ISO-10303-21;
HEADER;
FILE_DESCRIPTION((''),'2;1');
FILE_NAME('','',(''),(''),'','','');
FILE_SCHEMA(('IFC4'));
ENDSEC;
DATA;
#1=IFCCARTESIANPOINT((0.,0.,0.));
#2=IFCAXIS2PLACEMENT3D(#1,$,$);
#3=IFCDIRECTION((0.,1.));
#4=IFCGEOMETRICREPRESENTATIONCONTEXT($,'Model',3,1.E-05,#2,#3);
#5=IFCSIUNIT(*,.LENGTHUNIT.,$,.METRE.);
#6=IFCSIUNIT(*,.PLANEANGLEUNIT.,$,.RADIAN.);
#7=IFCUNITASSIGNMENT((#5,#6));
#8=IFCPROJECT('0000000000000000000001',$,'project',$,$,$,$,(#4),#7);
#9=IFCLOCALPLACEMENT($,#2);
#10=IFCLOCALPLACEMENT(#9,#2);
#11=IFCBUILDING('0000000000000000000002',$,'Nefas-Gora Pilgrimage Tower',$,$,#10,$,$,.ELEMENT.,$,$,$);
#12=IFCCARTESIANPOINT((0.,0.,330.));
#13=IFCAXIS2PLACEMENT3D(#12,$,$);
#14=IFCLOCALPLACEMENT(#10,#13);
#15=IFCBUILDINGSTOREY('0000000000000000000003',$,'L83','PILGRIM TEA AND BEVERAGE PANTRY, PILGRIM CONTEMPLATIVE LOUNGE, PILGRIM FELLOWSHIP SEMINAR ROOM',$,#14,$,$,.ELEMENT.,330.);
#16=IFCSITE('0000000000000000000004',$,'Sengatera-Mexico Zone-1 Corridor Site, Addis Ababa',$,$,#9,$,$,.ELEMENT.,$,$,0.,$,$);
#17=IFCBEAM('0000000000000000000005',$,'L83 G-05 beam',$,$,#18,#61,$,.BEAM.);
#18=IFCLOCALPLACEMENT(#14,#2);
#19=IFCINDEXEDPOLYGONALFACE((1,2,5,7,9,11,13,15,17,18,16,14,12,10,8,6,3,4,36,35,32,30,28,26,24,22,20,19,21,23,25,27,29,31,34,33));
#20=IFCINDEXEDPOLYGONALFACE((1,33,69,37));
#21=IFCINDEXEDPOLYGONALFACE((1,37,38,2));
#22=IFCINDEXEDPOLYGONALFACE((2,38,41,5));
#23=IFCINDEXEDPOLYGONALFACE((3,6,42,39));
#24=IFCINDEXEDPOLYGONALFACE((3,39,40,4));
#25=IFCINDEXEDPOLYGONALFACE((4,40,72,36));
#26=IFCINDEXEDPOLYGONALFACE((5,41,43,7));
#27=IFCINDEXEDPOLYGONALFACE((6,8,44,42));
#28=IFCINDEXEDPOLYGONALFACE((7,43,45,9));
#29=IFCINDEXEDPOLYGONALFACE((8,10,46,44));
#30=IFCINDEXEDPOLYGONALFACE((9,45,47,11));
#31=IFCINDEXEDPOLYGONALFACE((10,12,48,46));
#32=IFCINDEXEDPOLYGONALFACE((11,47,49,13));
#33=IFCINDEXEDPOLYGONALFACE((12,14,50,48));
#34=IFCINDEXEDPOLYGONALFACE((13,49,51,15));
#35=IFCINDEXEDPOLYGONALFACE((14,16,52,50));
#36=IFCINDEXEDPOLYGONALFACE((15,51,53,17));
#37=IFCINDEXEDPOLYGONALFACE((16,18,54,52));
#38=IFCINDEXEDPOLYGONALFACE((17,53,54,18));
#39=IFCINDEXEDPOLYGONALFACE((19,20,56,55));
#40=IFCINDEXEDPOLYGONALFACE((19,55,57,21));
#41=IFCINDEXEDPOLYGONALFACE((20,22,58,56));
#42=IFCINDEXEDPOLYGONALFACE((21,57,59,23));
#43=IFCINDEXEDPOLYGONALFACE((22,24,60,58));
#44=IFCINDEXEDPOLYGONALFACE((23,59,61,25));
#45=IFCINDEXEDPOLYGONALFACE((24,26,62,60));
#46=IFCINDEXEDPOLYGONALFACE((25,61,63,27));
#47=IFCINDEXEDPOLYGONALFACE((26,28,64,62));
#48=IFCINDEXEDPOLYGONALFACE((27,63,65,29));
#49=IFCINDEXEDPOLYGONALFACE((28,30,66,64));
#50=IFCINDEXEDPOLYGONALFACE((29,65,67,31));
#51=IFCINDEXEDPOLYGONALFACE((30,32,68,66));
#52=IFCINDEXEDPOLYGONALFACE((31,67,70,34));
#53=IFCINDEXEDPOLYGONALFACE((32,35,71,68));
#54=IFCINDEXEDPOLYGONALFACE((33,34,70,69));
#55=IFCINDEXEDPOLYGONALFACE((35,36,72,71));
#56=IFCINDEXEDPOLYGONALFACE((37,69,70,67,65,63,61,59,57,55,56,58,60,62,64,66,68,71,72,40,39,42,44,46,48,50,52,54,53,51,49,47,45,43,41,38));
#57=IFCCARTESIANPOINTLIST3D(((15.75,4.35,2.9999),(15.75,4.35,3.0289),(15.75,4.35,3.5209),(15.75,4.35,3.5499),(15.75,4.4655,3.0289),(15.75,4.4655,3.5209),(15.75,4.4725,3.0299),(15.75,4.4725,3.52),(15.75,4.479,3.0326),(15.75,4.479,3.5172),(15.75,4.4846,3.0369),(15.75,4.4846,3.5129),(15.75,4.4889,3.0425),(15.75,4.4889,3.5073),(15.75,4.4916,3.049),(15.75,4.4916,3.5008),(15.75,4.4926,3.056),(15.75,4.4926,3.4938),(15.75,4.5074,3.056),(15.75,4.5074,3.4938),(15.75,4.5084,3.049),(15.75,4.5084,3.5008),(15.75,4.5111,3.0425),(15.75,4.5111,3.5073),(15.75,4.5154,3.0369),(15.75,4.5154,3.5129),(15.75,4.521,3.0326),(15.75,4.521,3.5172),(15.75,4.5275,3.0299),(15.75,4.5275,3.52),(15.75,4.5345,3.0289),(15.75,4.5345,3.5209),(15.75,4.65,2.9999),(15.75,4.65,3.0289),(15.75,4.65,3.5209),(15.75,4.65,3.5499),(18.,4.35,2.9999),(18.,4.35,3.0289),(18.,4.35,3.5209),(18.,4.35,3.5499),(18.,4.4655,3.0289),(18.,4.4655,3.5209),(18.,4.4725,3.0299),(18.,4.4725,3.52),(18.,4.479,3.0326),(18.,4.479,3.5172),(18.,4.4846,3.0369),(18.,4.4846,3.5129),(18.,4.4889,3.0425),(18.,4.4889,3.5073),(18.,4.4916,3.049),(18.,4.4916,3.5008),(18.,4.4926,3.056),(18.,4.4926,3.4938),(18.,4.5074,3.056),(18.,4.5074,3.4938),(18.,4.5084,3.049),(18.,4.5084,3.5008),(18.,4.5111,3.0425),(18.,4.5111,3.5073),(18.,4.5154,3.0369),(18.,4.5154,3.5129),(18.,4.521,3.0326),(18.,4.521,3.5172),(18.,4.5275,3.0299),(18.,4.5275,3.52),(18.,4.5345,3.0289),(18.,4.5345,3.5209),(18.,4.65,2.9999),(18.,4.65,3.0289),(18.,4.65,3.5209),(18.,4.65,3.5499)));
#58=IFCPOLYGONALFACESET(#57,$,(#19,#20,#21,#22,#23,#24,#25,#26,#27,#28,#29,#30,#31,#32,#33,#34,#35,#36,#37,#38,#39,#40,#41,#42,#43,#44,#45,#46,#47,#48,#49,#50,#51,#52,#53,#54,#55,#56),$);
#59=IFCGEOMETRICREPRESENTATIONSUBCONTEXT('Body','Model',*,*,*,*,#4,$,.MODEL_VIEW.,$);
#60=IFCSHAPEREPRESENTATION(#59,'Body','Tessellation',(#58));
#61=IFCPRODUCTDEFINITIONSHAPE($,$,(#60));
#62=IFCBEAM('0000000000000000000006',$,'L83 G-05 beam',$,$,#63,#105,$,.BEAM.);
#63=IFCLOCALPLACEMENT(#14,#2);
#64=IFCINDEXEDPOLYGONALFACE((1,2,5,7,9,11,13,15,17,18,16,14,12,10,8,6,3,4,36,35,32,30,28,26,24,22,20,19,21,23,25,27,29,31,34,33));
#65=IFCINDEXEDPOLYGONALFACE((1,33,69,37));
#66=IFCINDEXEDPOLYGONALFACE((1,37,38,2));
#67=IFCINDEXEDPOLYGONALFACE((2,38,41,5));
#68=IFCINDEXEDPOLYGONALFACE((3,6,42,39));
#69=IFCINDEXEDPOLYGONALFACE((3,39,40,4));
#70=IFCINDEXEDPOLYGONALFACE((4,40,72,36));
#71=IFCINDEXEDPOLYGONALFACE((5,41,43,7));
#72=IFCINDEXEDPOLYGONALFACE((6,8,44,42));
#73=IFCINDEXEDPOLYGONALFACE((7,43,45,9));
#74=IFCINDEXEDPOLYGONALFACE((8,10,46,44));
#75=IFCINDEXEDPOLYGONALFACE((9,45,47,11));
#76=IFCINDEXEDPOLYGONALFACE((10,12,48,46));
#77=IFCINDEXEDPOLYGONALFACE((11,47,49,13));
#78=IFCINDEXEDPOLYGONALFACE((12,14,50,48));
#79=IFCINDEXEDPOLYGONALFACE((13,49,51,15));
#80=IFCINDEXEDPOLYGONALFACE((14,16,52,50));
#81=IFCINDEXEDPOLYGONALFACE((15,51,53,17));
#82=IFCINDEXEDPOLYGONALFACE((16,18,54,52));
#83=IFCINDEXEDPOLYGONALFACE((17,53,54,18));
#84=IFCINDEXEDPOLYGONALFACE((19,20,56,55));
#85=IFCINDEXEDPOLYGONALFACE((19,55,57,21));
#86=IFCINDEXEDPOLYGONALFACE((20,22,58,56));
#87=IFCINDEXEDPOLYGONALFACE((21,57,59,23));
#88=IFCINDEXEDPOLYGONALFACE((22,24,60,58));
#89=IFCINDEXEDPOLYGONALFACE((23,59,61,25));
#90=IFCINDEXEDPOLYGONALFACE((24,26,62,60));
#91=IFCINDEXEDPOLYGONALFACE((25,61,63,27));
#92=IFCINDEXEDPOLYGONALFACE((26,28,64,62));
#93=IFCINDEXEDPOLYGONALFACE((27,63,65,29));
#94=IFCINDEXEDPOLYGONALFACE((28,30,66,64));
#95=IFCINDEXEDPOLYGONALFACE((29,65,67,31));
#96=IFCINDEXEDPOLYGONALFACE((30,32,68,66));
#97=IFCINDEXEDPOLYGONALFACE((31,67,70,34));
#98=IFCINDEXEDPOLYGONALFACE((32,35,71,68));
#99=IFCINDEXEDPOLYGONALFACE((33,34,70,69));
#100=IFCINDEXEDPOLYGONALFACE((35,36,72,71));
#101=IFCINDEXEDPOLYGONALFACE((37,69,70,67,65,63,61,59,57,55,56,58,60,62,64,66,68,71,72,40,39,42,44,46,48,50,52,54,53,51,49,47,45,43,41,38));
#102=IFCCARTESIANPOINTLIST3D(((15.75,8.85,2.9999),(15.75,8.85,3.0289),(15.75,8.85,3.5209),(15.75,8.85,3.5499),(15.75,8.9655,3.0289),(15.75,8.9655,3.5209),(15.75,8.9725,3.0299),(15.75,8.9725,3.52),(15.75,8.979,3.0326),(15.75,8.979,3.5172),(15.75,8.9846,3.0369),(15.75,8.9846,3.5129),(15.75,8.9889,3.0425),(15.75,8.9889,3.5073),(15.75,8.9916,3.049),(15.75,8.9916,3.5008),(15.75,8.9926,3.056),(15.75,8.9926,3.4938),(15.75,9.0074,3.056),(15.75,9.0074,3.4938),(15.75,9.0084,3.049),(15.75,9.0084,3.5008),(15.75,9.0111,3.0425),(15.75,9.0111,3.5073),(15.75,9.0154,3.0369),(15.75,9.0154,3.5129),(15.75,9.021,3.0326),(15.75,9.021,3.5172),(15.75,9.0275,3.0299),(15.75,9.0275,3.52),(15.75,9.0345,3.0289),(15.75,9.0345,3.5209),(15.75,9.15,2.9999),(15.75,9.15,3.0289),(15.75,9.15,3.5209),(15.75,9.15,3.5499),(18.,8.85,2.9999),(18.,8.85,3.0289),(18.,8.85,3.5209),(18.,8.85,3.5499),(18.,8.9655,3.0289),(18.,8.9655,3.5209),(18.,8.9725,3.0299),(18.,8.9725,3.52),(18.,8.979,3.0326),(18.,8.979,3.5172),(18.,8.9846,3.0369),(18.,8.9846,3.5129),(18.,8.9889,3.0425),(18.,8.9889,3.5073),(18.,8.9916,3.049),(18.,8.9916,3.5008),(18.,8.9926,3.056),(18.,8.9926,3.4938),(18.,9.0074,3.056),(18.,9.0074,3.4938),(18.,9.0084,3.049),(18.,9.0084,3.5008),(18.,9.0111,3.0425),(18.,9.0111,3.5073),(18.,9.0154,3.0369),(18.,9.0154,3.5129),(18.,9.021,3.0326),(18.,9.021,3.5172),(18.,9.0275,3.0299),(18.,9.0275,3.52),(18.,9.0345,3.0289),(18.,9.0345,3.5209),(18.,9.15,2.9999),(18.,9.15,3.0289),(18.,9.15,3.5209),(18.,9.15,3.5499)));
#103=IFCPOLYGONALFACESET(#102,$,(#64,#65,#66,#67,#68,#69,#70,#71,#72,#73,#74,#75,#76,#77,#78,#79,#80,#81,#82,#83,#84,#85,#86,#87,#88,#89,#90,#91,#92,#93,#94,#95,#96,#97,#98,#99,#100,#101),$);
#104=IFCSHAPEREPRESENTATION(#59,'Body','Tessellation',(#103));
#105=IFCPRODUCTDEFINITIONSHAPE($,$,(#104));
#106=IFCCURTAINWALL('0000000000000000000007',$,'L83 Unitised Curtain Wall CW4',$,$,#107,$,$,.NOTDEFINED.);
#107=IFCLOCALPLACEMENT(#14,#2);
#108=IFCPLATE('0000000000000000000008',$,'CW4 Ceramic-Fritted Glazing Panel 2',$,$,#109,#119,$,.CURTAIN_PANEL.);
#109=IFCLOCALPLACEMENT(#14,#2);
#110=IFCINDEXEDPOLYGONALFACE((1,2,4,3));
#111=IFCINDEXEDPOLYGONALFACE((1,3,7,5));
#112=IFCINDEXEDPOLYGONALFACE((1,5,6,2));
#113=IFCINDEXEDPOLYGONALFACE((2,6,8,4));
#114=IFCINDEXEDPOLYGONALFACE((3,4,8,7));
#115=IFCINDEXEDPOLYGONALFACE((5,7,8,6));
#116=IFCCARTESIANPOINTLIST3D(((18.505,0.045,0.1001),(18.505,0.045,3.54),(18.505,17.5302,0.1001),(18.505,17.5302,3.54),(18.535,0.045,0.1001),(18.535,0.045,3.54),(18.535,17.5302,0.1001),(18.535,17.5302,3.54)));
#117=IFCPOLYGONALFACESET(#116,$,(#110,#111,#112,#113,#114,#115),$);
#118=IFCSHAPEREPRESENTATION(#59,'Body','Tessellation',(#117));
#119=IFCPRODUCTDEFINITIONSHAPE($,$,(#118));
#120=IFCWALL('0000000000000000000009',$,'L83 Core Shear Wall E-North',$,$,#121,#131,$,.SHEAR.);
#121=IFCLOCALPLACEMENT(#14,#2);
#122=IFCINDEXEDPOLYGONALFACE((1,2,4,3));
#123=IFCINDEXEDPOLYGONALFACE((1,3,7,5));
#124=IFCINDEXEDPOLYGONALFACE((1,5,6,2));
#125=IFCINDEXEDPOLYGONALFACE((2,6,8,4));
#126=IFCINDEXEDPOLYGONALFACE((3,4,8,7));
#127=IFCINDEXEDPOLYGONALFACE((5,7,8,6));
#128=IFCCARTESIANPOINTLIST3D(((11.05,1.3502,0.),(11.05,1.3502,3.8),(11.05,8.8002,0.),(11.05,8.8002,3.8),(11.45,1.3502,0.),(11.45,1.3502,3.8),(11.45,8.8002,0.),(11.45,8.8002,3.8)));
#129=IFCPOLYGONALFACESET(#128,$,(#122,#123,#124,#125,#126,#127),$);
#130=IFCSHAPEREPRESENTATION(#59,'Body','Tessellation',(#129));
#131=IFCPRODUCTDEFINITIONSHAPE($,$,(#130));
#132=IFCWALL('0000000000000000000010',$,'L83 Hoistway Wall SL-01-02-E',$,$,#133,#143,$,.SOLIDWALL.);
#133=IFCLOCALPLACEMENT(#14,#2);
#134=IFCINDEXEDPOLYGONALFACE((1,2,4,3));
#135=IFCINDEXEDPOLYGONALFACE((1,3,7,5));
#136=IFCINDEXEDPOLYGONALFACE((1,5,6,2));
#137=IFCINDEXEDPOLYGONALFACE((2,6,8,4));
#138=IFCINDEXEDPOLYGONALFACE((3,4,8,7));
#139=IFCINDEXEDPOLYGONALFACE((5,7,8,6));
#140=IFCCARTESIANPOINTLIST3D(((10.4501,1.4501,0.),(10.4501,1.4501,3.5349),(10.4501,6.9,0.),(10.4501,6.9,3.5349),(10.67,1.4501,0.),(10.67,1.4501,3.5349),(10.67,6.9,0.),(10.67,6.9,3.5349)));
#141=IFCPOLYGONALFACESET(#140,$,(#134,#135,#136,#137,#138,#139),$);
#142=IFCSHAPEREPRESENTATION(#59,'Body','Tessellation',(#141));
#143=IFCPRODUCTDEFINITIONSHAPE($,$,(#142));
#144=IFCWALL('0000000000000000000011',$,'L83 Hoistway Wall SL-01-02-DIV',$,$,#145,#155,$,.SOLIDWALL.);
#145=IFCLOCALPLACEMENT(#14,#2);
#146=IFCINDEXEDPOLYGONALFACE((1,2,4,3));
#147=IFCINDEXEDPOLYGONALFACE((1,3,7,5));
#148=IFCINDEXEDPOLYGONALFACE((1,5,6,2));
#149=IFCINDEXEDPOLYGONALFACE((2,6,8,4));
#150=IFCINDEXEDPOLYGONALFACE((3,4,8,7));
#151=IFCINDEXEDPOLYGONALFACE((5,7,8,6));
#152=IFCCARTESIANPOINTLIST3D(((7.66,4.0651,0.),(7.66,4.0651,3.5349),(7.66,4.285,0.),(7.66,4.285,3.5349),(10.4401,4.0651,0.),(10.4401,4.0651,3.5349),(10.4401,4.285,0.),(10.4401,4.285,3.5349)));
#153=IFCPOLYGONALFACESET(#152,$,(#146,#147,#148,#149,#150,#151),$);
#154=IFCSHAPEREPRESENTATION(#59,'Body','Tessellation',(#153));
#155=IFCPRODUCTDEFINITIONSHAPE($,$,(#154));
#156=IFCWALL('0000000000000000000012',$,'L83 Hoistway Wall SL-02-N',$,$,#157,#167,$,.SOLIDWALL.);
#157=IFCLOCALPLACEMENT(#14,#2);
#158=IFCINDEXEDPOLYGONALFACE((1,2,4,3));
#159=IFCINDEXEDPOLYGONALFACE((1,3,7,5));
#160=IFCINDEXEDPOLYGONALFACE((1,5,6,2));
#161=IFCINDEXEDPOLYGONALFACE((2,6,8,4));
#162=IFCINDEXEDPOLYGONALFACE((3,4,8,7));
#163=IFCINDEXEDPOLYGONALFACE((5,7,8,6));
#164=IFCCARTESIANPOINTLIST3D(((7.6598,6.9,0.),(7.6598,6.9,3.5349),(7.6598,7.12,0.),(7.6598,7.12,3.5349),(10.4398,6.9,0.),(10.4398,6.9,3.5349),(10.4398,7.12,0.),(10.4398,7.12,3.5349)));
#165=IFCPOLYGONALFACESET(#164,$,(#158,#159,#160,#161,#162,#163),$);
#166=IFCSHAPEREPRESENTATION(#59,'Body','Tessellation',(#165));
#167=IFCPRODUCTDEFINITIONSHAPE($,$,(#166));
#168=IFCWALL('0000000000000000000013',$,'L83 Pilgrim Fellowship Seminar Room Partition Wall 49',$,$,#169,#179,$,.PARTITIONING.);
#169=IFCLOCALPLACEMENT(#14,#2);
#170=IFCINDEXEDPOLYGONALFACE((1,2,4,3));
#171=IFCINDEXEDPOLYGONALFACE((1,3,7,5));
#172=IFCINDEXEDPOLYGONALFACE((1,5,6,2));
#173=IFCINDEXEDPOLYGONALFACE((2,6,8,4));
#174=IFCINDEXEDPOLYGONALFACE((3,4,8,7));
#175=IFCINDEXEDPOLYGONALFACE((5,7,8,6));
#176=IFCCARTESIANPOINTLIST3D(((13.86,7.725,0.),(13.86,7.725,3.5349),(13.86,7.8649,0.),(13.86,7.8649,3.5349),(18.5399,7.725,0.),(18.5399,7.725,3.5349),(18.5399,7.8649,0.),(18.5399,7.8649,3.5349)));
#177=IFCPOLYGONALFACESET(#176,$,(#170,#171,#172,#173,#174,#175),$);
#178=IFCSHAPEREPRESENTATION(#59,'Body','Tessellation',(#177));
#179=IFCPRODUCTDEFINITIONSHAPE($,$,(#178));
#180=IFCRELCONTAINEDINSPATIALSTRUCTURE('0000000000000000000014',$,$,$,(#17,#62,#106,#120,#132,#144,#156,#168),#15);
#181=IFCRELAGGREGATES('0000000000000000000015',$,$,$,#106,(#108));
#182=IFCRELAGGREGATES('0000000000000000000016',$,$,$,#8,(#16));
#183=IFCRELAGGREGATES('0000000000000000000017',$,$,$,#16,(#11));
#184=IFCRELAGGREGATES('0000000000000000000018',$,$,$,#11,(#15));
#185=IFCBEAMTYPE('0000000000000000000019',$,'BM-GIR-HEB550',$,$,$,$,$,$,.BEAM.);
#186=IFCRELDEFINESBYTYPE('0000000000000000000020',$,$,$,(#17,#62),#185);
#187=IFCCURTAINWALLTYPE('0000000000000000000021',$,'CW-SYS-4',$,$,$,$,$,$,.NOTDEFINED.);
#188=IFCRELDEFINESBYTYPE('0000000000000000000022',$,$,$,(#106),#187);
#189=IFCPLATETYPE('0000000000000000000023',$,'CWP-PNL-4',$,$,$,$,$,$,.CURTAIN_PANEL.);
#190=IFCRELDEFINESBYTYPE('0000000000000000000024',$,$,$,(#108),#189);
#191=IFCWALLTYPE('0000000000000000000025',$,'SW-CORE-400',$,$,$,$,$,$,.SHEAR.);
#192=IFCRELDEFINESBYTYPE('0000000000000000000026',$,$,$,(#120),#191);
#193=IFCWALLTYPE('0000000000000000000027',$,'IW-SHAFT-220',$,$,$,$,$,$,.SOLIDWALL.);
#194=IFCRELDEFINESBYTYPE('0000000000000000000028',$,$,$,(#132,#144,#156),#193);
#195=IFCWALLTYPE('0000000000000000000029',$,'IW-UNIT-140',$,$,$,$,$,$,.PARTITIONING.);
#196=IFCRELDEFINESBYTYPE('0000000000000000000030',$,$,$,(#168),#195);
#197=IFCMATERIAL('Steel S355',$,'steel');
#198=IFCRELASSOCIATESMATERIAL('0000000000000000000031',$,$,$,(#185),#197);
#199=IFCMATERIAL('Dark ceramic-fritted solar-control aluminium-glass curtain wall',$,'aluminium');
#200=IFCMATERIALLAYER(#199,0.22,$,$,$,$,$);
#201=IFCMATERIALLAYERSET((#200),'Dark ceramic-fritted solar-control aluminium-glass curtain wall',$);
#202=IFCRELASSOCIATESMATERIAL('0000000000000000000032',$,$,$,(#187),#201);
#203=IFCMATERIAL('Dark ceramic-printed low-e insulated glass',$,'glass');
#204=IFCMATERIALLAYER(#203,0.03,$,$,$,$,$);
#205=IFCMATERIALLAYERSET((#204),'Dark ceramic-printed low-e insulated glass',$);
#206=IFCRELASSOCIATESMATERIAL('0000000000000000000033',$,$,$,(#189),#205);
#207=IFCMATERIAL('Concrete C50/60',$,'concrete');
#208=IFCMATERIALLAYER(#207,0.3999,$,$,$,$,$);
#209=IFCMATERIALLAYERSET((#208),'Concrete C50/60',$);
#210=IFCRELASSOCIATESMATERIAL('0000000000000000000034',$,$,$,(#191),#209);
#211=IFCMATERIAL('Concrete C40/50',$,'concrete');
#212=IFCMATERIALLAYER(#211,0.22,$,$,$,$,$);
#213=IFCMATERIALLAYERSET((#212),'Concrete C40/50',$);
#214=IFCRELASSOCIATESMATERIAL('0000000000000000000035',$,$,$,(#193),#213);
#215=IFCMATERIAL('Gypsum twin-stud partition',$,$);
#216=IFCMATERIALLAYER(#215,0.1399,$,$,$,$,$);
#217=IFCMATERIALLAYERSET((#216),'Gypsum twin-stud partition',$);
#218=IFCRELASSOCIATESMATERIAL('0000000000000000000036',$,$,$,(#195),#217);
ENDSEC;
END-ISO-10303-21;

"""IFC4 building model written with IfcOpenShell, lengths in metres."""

from ifc_helpers import new_model, si_unit, direction, frame, frame_2d, origin, origin_2d, place, context, subcontext, project, spatial, rectangle, i_section, extrude, source, transform, mapped, material, layer, layer_set, material_profile, profile_set, type_object, element, aggregate, save


model = new_model("IFC4")

# Units and contexts
model_context = context("Model", 3, precision=1e-05, world=origin(), true_north=direction((0.0, 1.0)))
body_context = subcontext(model_context, "Body", "Model", "MODEL_VIEW")
ifc_project = project(units=[si_unit("LENGTHUNIT", "METRE"), si_unit("PLANEANGLEUNIT", "RADIAN")], contexts=[model_context])

# Site, building, storey
site_placement = place(None, origin())
site = spatial("IfcSite", under=ifc_project, at=site_placement, Name="Sengatera-Mexico Zone-1 Corridor Site, Addis Ababa", CompositionType="ELEMENT", RefElevation=0.0)
building_placement = place(site_placement, origin())
building = spatial("IfcBuilding", under=site, at=building_placement, Name="Nefas-Gora Pilgrimage Tower", CompositionType="ELEMENT")
storey_placement = place(building_placement, frame((0.0, 0.0, 330.0)))
storey = spatial("IfcBuildingStorey", under=building, at=storey_placement, Name="L83", Description="PILGRIM TEA AND BEVERAGE PANTRY, PILGRIM CONTEMPLATIVE LOUNGE, PILGRIM FELLOWSHIP SEMINAR ROOM", CompositionType="ELEMENT", Elevation=330.0)

# Shared definitions
ifc_material_1 = material(Name="Steel S355", Category="steel")
ifc_material_2 = material(Name="Concrete C50/60", Category="concrete")

# Beams
ifc_material_profile_1 = material_profile(ifc_material_1, i_section(OverallWidth=0.3, OverallDepth=0.55, WebThickness=0.0149, FlangeThickness=0.0291, FilletRadius=0.0271, at=origin_2d()), Name="HEB 550")
ifc_profile_set_1 = profile_set([ifc_material_profile_1], Name="Steel S355")
beam_type_1 = type_object("IfcBeamType", Name="BM-GIR-HEB550", PredefinedType="BEAM", material=ifc_profile_set_1)
shared_shape_1 = source(origin(), body_context, "Body", "SweptSolid", [
    extrude(i_section(OverallWidth=0.3, OverallDepth=0.55, WebThickness=0.0149, FlangeThickness=0.0291, FilletRadius=0.0271, at=origin_2d()), origin(), (0.0, 0.0, 1.0), 2.25),
])
for number, where, z_axis, x_axis, name in (
    (1, (15.75, 4.5, 3.2749), (1.0, 0.0, 0.0), (0.0, 1.0, 0.0), "L83 G-05 beam"),
    (2, (15.75, 9.0, 3.2749), (1.0, 0.0, 0.0), (0.0, 1.0, 0.0), "L83 G-05 beam"),
):
    element("IfcBeam", number, at=place(storey_placement, frame(where, z_axis=z_axis, x_axis=x_axis)), inside=storey, type_object=beam_type_1, Name=name, PredefinedType="BEAM", context=body_context, shape_type="MappedRepresentation", body=[
        mapped(shared_shape_1, transform((0.0, 0.0, 0.0), x_axis=(1.0, 0.0, 0.0), y_axis=(0.0, 1.0, 0.0), z_axis=(0.0, 0.0, 1.0), scale=1.0)),
    ])

# Curtain wall, plate
ifc_material_3 = material(Name="Dark ceramic-fritted solar-control aluminium-glass curtain wall", Category="aluminium")
ifc_layer_1 = layer(ifc_material_3, 0.22)
ifc_layer_set_1 = layer_set([ifc_layer_1], Name="Dark ceramic-fritted solar-control aluminium-glass curtain wall")
curtain_wall_type = type_object("IfcCurtainWallType", Name="CW-SYS-4", PredefinedType="NOTDEFINED", material=ifc_layer_set_1)
curtain_wall_placement = place(storey_placement, origin())
curtain_wall = element("IfcCurtainWall", 3, at=curtain_wall_placement, inside=storey, type_object=curtain_wall_type, Name="L83 Unitised Curtain Wall CW4", PredefinedType="NOTDEFINED")
ifc_material_4 = material(Name="Dark ceramic-printed low-e insulated glass", Category="glass")
ifc_layer_2 = layer(ifc_material_4, 0.03)
ifc_layer_set_2 = layer_set([ifc_layer_2], Name="Dark ceramic-printed low-e insulated glass")
plate_type = type_object("IfcPlateType", Name="CWP-PNL-4", PredefinedType="CURTAIN_PANEL", material=ifc_layer_set_2)
shared_shape_2 = source(origin(), body_context, "Body", "SweptSolid", [
    extrude(rectangle(XDim=17.4851, YDim=0.03, at=origin_2d()), origin(), (0.0, 0.0, 1.0), 3.4399),
])
plate_placement = place(storey_placement, frame((18.52, 8.7876, 0.1001), z_axis=(0.0, 0.0, 1.0), x_axis=(0.0, 1.0, 0.0)))
plate = element("IfcPlate", 4, at=plate_placement, type_object=plate_type, Name="CW4 Ceramic-Fritted Glazing Panel 2", PredefinedType="CURTAIN_PANEL", context=body_context, shape_type="MappedRepresentation", body=[
    mapped(shared_shape_2, transform((0.0, 0.0, 0.0), x_axis=(1.0, 0.0, 0.0), y_axis=(0.0, 1.0, 0.0), z_axis=(0.0, 0.0, 1.0), scale=1.0)),
])
aggregate(curtain_wall, [plate])

# Walls
ifc_layer_3 = layer(ifc_material_2, 0.3999)
ifc_layer_set_3 = layer_set([ifc_layer_3], Name="Concrete C50/60")
wall_type_1 = type_object("IfcWallType", Name="SW-CORE-400", PredefinedType="SHEAR", material=ifc_layer_set_3)
shared_shape_3 = source(origin(), body_context, "Body", "SweptSolid", [
    extrude(rectangle(XDim=7.45, YDim=0.3999, at=frame_2d((3.7251, 0.0))), origin(), (0.0, 0.0, 1.0), 3.8),
])
wall_1_placement = place(storey_placement, frame((11.25, 1.3501, 0.0), z_axis=(0.0, 0.0, 1.0), x_axis=(0.0, 1.0, 0.0)))
element("IfcWall", 5, at=wall_1_placement, inside=storey, type_object=wall_type_1, Name="L83 Core Shear Wall E-North", PredefinedType="SHEAR", context=body_context, shape_type="MappedRepresentation", body=[
    mapped(shared_shape_3, transform((0.0, 0.0, 0.0), x_axis=(1.0, 0.0, 0.0), y_axis=(0.0, 1.0, 0.0), z_axis=(0.0, 0.0, 1.0), scale=1.0)),
])
ifc_material_5 = material(Name="Concrete C40/50", Category="concrete")
ifc_layer_4 = layer(ifc_material_5, 0.22)
ifc_layer_set_4 = layer_set([ifc_layer_4], Name="Concrete C40/50")
wall_type_2 = type_object("IfcWallType", Name="IW-SHAFT-220", PredefinedType="SOLIDWALL", material=ifc_layer_set_4)
shared_shape_4 = source(origin(), body_context, "Body", "SweptSolid", [
    extrude(rectangle(XDim=5.45, YDim=0.22, at=frame_2d((2.7251, 0.0))), origin(), (0.0, 0.0, 1.0), 3.5349),
])
wall_2_placement = place(storey_placement, frame((10.5601, 1.45, 0.0), z_axis=(0.0, 0.0, 1.0), x_axis=(0.0, 1.0, 0.0)))
element("IfcWall", 6, at=wall_2_placement, inside=storey, type_object=wall_type_2, Name="L83 Hoistway Wall SL-01-02-E", PredefinedType="SOLIDWALL", context=body_context, shape_type="MappedRepresentation", body=[
    mapped(shared_shape_4, transform((0.0, 0.0, 0.0), x_axis=(1.0, 0.0, 0.0), y_axis=(0.0, 1.0, 0.0), z_axis=(0.0, 0.0, 1.0), scale=1.0)),
])
shared_shape_5 = source(origin(), body_context, "Body", "SweptSolid", [
    extrude(rectangle(XDim=2.78, YDim=0.22, at=frame_2d((1.3901, 0.0))), origin(), (0.0, 0.0, 1.0), 3.5349),
])
for number, where, z_axis, x_axis, name in (
    (7, (7.6599, 4.175, 0.0), (0.0, 0.0, 1.0), (1.0, 0.0, 0.0), "L83 Hoistway Wall SL-01-02-DIV"),
    (8, (10.4399, 7.01, 0.0), (0.0, 0.0, 1.0), (-1.0, 0.0, 0.0), "L83 Hoistway Wall SL-02-N"),
):
    element("IfcWall", number, at=place(storey_placement, frame(where, z_axis=z_axis, x_axis=x_axis)), inside=storey, type_object=wall_type_2, Name=name, PredefinedType="SOLIDWALL", context=body_context, shape_type="MappedRepresentation", body=[
        mapped(shared_shape_5, transform((0.0, 0.0, 0.0), x_axis=(1.0, 0.0, 0.0), y_axis=(0.0, 1.0, 0.0), z_axis=(0.0, 0.0, 1.0), scale=1.0)),
    ])
ifc_material_6 = material(Name="Gypsum twin-stud partition")
ifc_layer_5 = layer(ifc_material_6, 0.1399)
ifc_layer_set_5 = layer_set([ifc_layer_5], Name="Gypsum twin-stud partition")
wall_type_3 = type_object("IfcWallType", Name="IW-UNIT-140", PredefinedType="PARTITIONING", material=ifc_layer_set_5)
shared_shape_6 = source(origin(), body_context, "Body", "SweptSolid", [
    extrude(rectangle(XDim=4.6799, YDim=0.1399, at=frame_2d((2.3398, 0.0))), origin(), (0.0, 0.0, 1.0), 3.5349),
])
wall_3_placement = place(storey_placement, frame((13.8601, 7.7949, 0.0), z_axis=(0.0, 0.0, 1.0), x_axis=(1.0, 0.0, 0.0)))
element("IfcWall", 9, at=wall_3_placement, inside=storey, type_object=wall_type_3, Name="L83 Pilgrim Fellowship Seminar Room Partition Wall 49", PredefinedType="PARTITIONING", context=body_context, shape_type="MappedRepresentation", body=[
    mapped(shared_shape_6, transform((0.0, 0.0, 0.0), x_axis=(1.0, 0.0, 0.0), y_axis=(0.0, 1.0, 0.0), z_axis=(0.0, 0.0, 1.0), scale=1.0)),
])

save(model, "model.ifc")
